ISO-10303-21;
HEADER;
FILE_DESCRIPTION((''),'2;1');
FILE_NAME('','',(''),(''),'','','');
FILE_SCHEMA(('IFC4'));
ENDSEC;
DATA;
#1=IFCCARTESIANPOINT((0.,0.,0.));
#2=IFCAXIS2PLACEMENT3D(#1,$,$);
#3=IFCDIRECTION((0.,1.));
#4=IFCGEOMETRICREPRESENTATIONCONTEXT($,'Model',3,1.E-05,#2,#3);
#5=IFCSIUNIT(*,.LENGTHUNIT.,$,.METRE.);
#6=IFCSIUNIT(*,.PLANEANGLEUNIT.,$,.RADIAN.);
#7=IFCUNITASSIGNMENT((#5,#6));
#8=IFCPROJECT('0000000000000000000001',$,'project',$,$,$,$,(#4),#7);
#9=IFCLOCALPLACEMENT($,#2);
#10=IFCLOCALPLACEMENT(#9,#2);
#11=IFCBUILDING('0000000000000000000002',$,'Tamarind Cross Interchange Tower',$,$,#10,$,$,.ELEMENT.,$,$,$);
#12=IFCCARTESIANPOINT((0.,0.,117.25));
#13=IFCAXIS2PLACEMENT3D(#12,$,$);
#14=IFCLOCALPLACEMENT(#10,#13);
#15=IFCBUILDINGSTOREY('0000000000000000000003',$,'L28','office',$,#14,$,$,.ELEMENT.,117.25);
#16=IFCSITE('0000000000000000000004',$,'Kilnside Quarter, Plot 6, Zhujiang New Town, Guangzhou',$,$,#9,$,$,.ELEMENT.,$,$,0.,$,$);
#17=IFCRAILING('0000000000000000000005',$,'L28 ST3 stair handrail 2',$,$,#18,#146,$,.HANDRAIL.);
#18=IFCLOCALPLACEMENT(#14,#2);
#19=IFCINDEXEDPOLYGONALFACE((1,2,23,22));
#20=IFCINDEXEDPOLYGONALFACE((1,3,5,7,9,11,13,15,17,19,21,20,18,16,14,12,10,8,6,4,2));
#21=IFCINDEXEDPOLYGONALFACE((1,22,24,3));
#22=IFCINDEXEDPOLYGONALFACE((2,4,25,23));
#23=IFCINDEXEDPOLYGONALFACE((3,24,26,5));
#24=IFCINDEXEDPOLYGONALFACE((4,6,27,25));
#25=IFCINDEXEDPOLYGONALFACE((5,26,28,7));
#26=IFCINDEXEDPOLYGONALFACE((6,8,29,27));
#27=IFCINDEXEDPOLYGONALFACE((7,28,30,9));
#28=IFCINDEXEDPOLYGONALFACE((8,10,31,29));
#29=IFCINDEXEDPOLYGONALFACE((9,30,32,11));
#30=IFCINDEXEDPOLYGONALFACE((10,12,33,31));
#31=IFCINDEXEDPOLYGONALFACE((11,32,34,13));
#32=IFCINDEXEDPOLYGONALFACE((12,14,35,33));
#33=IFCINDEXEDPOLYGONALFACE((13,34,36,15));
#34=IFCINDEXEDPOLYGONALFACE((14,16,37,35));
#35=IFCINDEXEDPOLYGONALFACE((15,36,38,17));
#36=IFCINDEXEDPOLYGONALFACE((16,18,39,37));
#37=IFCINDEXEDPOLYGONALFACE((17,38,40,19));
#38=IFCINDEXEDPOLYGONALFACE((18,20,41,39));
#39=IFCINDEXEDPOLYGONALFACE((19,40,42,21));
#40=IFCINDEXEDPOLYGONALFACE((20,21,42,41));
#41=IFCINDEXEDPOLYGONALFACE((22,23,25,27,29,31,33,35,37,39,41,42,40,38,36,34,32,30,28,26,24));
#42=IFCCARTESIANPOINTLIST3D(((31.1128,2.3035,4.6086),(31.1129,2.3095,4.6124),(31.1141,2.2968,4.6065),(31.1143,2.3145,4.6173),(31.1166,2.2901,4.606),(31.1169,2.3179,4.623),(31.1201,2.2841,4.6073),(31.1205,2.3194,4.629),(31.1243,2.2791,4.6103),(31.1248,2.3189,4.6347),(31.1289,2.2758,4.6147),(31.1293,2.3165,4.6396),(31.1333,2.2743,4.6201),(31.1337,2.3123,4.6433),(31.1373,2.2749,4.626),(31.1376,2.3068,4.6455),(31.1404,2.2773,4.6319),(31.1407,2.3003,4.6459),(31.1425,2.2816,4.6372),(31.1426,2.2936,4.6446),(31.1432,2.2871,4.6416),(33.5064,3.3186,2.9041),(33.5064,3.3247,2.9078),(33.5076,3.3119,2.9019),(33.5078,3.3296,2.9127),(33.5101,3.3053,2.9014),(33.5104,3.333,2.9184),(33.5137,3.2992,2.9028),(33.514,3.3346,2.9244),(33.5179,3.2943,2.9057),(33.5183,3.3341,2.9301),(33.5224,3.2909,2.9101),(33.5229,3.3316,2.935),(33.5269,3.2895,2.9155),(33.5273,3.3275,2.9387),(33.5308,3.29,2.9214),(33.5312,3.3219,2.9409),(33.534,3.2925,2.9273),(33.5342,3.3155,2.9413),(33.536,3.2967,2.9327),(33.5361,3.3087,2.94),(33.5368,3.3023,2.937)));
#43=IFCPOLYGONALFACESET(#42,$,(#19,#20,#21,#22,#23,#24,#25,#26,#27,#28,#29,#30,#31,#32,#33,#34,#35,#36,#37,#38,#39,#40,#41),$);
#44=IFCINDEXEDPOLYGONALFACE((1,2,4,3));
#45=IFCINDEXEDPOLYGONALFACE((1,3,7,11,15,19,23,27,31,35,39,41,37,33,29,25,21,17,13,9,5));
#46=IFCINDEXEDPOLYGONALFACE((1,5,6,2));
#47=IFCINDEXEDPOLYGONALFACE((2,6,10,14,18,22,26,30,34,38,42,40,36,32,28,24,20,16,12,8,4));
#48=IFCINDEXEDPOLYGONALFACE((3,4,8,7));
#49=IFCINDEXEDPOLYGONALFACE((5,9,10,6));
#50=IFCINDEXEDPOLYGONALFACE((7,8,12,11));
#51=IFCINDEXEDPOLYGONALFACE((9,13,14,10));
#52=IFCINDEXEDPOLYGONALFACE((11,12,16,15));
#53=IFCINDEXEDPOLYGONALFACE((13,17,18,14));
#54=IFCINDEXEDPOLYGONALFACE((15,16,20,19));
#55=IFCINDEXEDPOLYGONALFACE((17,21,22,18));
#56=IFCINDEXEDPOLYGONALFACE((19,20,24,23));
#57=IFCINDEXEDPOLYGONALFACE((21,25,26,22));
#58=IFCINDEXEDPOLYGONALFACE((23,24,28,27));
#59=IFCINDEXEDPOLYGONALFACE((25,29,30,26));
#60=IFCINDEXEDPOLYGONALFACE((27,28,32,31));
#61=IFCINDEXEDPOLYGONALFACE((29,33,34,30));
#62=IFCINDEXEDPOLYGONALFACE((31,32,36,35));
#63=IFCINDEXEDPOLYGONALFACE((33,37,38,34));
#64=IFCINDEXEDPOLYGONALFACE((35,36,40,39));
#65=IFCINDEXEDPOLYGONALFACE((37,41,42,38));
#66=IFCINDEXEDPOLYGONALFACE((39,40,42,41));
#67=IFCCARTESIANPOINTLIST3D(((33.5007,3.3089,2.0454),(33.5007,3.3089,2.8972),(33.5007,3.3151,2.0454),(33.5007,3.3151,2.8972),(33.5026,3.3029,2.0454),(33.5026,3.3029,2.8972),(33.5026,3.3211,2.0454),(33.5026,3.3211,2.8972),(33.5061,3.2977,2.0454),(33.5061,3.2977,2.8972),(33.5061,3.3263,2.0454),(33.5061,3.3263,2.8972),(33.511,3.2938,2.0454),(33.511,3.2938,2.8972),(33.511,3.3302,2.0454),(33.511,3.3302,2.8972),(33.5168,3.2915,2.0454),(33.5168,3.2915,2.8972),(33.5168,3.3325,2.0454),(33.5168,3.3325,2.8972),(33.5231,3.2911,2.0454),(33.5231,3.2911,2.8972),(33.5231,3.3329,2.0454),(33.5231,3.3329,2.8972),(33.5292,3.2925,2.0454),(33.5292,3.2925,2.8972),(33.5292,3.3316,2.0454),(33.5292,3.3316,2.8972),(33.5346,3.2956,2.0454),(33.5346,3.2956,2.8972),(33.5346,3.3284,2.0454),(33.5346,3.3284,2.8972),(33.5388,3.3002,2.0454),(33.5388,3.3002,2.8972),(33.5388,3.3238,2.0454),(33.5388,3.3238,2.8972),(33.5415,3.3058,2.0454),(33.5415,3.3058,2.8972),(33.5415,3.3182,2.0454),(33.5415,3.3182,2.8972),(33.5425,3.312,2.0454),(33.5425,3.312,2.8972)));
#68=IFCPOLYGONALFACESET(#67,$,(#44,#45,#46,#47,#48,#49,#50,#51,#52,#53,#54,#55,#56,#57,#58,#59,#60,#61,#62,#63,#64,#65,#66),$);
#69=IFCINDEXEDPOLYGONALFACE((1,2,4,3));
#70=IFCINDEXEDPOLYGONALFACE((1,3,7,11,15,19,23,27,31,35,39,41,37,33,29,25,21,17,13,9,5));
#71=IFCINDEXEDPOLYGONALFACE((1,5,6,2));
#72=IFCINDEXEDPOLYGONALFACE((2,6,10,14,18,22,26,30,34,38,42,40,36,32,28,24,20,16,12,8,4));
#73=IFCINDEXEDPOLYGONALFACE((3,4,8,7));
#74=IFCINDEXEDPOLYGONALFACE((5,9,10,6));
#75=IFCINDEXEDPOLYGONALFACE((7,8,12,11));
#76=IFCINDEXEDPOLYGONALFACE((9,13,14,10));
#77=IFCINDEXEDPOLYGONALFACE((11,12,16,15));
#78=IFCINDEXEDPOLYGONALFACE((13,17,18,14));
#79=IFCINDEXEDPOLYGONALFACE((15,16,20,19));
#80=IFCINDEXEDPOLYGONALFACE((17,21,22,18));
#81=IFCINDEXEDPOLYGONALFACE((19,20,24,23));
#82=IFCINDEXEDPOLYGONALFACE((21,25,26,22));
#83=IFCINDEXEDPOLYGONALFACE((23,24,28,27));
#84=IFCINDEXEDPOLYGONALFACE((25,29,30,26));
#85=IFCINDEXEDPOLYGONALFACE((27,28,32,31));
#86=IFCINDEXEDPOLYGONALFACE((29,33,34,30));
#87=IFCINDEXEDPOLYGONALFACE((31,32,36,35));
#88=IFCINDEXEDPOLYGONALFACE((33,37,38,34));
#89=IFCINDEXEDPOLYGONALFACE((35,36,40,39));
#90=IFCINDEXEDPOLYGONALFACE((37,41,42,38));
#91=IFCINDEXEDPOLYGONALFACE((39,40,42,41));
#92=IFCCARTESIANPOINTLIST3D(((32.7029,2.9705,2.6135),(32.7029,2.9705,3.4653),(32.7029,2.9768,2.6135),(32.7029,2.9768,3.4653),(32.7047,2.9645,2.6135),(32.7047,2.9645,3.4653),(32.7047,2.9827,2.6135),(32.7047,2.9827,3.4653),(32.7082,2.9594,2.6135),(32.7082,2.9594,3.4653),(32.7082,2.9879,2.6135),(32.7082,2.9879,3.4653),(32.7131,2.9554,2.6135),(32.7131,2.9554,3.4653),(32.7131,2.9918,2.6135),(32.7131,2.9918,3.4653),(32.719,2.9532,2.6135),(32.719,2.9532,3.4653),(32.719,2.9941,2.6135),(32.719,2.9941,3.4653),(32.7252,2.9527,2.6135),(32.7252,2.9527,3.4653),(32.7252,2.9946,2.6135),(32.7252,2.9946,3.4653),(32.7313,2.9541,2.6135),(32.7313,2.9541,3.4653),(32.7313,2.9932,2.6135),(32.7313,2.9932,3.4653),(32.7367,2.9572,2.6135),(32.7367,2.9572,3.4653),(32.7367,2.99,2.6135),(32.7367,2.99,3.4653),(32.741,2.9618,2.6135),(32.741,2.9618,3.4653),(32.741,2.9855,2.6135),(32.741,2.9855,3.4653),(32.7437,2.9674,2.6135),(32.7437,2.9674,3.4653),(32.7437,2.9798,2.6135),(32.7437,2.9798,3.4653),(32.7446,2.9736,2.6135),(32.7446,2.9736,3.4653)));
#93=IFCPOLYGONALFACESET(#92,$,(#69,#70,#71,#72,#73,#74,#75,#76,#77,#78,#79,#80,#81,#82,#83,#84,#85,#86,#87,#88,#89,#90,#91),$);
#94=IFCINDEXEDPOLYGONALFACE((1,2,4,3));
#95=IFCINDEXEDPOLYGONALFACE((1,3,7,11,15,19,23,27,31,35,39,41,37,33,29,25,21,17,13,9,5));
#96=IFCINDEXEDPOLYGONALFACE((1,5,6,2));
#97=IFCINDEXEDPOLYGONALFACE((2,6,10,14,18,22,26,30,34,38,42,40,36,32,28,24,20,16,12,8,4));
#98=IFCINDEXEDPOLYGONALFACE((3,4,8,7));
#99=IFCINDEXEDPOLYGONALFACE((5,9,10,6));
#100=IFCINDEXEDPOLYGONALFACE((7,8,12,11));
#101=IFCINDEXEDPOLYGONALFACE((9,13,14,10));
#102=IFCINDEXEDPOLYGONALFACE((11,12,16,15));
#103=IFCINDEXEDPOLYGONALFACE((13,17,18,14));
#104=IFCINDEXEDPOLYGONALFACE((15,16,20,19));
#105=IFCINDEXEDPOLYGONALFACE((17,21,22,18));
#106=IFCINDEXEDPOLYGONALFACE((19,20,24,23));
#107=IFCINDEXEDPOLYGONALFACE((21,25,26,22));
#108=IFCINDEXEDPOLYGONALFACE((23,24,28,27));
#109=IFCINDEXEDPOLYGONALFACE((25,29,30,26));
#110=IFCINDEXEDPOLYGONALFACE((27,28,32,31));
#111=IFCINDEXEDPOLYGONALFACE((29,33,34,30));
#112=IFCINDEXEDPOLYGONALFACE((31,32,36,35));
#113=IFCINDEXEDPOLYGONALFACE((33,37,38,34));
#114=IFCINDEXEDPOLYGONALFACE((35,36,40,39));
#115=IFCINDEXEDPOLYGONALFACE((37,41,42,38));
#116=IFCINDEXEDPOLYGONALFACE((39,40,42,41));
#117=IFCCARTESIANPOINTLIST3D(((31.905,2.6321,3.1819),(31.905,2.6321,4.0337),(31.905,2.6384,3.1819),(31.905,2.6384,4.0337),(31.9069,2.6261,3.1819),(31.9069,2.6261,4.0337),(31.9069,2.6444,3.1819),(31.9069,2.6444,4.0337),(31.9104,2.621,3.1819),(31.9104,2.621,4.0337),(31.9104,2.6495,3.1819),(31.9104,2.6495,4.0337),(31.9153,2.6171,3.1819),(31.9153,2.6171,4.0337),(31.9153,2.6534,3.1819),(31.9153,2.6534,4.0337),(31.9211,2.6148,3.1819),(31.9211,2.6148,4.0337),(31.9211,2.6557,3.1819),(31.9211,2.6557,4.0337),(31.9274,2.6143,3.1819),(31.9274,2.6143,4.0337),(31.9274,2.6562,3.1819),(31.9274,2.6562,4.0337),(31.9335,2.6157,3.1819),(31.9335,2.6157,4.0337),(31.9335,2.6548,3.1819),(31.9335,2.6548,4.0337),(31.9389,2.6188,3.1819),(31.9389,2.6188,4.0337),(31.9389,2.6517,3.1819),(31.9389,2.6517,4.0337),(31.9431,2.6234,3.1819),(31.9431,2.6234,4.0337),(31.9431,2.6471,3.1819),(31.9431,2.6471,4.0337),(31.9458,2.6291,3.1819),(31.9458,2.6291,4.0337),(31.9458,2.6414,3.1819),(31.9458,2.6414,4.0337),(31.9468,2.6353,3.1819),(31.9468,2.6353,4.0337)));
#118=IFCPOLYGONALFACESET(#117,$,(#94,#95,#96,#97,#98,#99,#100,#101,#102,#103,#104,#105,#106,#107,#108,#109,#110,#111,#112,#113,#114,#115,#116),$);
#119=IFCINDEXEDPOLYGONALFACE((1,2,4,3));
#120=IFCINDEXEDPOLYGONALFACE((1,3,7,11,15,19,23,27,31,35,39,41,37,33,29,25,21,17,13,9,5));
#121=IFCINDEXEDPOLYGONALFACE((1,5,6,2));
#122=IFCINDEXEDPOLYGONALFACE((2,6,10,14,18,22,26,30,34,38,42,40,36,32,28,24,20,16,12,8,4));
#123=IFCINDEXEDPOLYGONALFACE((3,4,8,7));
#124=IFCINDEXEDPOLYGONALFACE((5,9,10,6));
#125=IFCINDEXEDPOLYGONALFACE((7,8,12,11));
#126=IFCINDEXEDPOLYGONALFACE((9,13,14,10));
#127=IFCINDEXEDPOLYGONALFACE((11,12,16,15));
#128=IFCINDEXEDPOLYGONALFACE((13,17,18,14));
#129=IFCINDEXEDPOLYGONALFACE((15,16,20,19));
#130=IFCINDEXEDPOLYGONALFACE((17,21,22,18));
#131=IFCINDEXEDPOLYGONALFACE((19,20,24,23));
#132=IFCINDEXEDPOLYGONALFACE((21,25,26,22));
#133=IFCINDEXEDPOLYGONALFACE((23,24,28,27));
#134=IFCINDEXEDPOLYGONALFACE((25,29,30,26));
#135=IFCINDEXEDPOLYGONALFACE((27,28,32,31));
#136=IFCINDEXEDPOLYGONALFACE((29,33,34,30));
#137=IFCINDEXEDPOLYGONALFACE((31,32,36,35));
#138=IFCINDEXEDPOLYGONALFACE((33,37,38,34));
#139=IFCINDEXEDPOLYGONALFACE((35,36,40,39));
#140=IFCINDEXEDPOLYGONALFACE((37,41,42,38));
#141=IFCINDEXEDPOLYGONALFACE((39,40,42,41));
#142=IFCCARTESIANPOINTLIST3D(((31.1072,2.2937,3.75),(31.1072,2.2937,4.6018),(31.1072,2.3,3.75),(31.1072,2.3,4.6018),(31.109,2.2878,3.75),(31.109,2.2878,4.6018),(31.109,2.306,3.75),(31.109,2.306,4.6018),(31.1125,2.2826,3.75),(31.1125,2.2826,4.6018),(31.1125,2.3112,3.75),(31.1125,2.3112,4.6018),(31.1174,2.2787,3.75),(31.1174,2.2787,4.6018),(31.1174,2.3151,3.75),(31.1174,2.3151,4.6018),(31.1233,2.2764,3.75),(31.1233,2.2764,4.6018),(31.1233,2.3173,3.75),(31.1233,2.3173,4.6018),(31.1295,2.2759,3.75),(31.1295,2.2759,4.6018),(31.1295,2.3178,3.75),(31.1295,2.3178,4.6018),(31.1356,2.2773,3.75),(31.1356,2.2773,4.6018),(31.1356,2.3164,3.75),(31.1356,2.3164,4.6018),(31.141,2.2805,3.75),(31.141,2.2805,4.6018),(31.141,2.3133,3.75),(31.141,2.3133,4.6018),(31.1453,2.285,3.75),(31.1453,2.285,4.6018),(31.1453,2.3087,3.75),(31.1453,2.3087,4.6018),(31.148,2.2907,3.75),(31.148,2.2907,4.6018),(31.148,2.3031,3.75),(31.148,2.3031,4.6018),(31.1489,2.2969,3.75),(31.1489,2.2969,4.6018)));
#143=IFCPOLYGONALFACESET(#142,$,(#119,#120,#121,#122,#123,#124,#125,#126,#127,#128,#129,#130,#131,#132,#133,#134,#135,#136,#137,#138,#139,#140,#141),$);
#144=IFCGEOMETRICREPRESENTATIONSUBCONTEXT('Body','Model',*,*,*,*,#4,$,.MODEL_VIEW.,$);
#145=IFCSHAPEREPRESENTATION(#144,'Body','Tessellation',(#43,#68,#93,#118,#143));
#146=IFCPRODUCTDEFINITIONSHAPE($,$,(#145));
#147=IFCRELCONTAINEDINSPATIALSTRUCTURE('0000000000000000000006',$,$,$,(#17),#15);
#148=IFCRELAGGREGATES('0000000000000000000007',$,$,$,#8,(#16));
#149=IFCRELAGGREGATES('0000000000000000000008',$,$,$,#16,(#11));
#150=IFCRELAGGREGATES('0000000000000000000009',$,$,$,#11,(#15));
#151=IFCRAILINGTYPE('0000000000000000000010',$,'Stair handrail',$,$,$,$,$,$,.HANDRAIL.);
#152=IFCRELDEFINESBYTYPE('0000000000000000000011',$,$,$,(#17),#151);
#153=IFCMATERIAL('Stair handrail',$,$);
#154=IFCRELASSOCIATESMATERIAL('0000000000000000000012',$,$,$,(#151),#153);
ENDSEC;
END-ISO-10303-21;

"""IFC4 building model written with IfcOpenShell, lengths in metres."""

from ifc_helpers import new_model, si_unit, direction, frame, origin, origin_2d, place, context, subcontext, project, spatial, circle, extrude, material, type_object, element, save


model = new_model("IFC4")

# Units and contexts
model_context = context("Model", 3, precision=1e-05, world=origin(), true_north=direction((0.0, 1.0)))
body_context = subcontext(model_context, "Body", "Model", "MODEL_VIEW")
ifc_project = project(units=[si_unit("LENGTHUNIT", "METRE"), si_unit("PLANEANGLEUNIT", "RADIAN")], contexts=[model_context])

# Site, building, storey
site_placement = place(None, origin())
site = spatial("IfcSite", under=ifc_project, at=site_placement, Name="Kilnside Quarter, Plot 6, Zhujiang New Town, Guangzhou", CompositionType="ELEMENT", RefElevation=0.0)
building_placement = place(site_placement, origin())
building = spatial("IfcBuilding", under=site, at=building_placement, Name="Tamarind Cross Interchange Tower", CompositionType="ELEMENT")
storey_placement = place(building_placement, frame((0.0, 0.0, 117.25)))
storey = spatial("IfcBuildingStorey", under=building, at=storey_placement, Name="L28", Description="office", CompositionType="ELEMENT", Elevation=117.25)

# Railing
ifc_material_1 = material(Name="Stair handrail")
railing_type_1 = type_object("IfcRailingType", Name="Stair handrail", PredefinedType="HANDRAIL", material=ifc_material_1)
railing_1_placement = place(storey_placement, frame((33.5215, 3.312, 2.0454)))
element("IfcRailing", 1, at=railing_1_placement, inside=storey, type_object=railing_type_1, Name="L28 ST3 stair handrail 2", PredefinedType="HANDRAIL", context=body_context, shape_type="SweptSolid", body=[
    extrude(circle(Radius=0.0239, at=origin_2d()), frame((0.0, 0.0, 0.876), z_axis=(-0.769905, -0.326526, 0.548294), x_axis=(0.390449, -0.920625, 0.0)), (0.0, 0.0, 1.0), 3.1089),
    extrude(circle(Radius=0.021, at=origin_2d()), origin(), (0.0, 0.0, 1.0), 0.8518),
    extrude(circle(Radius=0.021, at=origin_2d()), frame((-0.7979, -0.3384, 0.5681)), (0.0, 0.0, 1.0), 0.8518),
    extrude(circle(Radius=0.021, at=origin_2d()), frame((-1.5957, -0.6768, 1.1365)), (0.0, 0.0, 1.0), 0.8518),
    extrude(circle(Radius=0.021, at=origin_2d()), frame((-2.3936, -1.0151, 1.7046)), (0.0, 0.0, 1.0), 0.8518),
])

save(model, "model.ifc")
